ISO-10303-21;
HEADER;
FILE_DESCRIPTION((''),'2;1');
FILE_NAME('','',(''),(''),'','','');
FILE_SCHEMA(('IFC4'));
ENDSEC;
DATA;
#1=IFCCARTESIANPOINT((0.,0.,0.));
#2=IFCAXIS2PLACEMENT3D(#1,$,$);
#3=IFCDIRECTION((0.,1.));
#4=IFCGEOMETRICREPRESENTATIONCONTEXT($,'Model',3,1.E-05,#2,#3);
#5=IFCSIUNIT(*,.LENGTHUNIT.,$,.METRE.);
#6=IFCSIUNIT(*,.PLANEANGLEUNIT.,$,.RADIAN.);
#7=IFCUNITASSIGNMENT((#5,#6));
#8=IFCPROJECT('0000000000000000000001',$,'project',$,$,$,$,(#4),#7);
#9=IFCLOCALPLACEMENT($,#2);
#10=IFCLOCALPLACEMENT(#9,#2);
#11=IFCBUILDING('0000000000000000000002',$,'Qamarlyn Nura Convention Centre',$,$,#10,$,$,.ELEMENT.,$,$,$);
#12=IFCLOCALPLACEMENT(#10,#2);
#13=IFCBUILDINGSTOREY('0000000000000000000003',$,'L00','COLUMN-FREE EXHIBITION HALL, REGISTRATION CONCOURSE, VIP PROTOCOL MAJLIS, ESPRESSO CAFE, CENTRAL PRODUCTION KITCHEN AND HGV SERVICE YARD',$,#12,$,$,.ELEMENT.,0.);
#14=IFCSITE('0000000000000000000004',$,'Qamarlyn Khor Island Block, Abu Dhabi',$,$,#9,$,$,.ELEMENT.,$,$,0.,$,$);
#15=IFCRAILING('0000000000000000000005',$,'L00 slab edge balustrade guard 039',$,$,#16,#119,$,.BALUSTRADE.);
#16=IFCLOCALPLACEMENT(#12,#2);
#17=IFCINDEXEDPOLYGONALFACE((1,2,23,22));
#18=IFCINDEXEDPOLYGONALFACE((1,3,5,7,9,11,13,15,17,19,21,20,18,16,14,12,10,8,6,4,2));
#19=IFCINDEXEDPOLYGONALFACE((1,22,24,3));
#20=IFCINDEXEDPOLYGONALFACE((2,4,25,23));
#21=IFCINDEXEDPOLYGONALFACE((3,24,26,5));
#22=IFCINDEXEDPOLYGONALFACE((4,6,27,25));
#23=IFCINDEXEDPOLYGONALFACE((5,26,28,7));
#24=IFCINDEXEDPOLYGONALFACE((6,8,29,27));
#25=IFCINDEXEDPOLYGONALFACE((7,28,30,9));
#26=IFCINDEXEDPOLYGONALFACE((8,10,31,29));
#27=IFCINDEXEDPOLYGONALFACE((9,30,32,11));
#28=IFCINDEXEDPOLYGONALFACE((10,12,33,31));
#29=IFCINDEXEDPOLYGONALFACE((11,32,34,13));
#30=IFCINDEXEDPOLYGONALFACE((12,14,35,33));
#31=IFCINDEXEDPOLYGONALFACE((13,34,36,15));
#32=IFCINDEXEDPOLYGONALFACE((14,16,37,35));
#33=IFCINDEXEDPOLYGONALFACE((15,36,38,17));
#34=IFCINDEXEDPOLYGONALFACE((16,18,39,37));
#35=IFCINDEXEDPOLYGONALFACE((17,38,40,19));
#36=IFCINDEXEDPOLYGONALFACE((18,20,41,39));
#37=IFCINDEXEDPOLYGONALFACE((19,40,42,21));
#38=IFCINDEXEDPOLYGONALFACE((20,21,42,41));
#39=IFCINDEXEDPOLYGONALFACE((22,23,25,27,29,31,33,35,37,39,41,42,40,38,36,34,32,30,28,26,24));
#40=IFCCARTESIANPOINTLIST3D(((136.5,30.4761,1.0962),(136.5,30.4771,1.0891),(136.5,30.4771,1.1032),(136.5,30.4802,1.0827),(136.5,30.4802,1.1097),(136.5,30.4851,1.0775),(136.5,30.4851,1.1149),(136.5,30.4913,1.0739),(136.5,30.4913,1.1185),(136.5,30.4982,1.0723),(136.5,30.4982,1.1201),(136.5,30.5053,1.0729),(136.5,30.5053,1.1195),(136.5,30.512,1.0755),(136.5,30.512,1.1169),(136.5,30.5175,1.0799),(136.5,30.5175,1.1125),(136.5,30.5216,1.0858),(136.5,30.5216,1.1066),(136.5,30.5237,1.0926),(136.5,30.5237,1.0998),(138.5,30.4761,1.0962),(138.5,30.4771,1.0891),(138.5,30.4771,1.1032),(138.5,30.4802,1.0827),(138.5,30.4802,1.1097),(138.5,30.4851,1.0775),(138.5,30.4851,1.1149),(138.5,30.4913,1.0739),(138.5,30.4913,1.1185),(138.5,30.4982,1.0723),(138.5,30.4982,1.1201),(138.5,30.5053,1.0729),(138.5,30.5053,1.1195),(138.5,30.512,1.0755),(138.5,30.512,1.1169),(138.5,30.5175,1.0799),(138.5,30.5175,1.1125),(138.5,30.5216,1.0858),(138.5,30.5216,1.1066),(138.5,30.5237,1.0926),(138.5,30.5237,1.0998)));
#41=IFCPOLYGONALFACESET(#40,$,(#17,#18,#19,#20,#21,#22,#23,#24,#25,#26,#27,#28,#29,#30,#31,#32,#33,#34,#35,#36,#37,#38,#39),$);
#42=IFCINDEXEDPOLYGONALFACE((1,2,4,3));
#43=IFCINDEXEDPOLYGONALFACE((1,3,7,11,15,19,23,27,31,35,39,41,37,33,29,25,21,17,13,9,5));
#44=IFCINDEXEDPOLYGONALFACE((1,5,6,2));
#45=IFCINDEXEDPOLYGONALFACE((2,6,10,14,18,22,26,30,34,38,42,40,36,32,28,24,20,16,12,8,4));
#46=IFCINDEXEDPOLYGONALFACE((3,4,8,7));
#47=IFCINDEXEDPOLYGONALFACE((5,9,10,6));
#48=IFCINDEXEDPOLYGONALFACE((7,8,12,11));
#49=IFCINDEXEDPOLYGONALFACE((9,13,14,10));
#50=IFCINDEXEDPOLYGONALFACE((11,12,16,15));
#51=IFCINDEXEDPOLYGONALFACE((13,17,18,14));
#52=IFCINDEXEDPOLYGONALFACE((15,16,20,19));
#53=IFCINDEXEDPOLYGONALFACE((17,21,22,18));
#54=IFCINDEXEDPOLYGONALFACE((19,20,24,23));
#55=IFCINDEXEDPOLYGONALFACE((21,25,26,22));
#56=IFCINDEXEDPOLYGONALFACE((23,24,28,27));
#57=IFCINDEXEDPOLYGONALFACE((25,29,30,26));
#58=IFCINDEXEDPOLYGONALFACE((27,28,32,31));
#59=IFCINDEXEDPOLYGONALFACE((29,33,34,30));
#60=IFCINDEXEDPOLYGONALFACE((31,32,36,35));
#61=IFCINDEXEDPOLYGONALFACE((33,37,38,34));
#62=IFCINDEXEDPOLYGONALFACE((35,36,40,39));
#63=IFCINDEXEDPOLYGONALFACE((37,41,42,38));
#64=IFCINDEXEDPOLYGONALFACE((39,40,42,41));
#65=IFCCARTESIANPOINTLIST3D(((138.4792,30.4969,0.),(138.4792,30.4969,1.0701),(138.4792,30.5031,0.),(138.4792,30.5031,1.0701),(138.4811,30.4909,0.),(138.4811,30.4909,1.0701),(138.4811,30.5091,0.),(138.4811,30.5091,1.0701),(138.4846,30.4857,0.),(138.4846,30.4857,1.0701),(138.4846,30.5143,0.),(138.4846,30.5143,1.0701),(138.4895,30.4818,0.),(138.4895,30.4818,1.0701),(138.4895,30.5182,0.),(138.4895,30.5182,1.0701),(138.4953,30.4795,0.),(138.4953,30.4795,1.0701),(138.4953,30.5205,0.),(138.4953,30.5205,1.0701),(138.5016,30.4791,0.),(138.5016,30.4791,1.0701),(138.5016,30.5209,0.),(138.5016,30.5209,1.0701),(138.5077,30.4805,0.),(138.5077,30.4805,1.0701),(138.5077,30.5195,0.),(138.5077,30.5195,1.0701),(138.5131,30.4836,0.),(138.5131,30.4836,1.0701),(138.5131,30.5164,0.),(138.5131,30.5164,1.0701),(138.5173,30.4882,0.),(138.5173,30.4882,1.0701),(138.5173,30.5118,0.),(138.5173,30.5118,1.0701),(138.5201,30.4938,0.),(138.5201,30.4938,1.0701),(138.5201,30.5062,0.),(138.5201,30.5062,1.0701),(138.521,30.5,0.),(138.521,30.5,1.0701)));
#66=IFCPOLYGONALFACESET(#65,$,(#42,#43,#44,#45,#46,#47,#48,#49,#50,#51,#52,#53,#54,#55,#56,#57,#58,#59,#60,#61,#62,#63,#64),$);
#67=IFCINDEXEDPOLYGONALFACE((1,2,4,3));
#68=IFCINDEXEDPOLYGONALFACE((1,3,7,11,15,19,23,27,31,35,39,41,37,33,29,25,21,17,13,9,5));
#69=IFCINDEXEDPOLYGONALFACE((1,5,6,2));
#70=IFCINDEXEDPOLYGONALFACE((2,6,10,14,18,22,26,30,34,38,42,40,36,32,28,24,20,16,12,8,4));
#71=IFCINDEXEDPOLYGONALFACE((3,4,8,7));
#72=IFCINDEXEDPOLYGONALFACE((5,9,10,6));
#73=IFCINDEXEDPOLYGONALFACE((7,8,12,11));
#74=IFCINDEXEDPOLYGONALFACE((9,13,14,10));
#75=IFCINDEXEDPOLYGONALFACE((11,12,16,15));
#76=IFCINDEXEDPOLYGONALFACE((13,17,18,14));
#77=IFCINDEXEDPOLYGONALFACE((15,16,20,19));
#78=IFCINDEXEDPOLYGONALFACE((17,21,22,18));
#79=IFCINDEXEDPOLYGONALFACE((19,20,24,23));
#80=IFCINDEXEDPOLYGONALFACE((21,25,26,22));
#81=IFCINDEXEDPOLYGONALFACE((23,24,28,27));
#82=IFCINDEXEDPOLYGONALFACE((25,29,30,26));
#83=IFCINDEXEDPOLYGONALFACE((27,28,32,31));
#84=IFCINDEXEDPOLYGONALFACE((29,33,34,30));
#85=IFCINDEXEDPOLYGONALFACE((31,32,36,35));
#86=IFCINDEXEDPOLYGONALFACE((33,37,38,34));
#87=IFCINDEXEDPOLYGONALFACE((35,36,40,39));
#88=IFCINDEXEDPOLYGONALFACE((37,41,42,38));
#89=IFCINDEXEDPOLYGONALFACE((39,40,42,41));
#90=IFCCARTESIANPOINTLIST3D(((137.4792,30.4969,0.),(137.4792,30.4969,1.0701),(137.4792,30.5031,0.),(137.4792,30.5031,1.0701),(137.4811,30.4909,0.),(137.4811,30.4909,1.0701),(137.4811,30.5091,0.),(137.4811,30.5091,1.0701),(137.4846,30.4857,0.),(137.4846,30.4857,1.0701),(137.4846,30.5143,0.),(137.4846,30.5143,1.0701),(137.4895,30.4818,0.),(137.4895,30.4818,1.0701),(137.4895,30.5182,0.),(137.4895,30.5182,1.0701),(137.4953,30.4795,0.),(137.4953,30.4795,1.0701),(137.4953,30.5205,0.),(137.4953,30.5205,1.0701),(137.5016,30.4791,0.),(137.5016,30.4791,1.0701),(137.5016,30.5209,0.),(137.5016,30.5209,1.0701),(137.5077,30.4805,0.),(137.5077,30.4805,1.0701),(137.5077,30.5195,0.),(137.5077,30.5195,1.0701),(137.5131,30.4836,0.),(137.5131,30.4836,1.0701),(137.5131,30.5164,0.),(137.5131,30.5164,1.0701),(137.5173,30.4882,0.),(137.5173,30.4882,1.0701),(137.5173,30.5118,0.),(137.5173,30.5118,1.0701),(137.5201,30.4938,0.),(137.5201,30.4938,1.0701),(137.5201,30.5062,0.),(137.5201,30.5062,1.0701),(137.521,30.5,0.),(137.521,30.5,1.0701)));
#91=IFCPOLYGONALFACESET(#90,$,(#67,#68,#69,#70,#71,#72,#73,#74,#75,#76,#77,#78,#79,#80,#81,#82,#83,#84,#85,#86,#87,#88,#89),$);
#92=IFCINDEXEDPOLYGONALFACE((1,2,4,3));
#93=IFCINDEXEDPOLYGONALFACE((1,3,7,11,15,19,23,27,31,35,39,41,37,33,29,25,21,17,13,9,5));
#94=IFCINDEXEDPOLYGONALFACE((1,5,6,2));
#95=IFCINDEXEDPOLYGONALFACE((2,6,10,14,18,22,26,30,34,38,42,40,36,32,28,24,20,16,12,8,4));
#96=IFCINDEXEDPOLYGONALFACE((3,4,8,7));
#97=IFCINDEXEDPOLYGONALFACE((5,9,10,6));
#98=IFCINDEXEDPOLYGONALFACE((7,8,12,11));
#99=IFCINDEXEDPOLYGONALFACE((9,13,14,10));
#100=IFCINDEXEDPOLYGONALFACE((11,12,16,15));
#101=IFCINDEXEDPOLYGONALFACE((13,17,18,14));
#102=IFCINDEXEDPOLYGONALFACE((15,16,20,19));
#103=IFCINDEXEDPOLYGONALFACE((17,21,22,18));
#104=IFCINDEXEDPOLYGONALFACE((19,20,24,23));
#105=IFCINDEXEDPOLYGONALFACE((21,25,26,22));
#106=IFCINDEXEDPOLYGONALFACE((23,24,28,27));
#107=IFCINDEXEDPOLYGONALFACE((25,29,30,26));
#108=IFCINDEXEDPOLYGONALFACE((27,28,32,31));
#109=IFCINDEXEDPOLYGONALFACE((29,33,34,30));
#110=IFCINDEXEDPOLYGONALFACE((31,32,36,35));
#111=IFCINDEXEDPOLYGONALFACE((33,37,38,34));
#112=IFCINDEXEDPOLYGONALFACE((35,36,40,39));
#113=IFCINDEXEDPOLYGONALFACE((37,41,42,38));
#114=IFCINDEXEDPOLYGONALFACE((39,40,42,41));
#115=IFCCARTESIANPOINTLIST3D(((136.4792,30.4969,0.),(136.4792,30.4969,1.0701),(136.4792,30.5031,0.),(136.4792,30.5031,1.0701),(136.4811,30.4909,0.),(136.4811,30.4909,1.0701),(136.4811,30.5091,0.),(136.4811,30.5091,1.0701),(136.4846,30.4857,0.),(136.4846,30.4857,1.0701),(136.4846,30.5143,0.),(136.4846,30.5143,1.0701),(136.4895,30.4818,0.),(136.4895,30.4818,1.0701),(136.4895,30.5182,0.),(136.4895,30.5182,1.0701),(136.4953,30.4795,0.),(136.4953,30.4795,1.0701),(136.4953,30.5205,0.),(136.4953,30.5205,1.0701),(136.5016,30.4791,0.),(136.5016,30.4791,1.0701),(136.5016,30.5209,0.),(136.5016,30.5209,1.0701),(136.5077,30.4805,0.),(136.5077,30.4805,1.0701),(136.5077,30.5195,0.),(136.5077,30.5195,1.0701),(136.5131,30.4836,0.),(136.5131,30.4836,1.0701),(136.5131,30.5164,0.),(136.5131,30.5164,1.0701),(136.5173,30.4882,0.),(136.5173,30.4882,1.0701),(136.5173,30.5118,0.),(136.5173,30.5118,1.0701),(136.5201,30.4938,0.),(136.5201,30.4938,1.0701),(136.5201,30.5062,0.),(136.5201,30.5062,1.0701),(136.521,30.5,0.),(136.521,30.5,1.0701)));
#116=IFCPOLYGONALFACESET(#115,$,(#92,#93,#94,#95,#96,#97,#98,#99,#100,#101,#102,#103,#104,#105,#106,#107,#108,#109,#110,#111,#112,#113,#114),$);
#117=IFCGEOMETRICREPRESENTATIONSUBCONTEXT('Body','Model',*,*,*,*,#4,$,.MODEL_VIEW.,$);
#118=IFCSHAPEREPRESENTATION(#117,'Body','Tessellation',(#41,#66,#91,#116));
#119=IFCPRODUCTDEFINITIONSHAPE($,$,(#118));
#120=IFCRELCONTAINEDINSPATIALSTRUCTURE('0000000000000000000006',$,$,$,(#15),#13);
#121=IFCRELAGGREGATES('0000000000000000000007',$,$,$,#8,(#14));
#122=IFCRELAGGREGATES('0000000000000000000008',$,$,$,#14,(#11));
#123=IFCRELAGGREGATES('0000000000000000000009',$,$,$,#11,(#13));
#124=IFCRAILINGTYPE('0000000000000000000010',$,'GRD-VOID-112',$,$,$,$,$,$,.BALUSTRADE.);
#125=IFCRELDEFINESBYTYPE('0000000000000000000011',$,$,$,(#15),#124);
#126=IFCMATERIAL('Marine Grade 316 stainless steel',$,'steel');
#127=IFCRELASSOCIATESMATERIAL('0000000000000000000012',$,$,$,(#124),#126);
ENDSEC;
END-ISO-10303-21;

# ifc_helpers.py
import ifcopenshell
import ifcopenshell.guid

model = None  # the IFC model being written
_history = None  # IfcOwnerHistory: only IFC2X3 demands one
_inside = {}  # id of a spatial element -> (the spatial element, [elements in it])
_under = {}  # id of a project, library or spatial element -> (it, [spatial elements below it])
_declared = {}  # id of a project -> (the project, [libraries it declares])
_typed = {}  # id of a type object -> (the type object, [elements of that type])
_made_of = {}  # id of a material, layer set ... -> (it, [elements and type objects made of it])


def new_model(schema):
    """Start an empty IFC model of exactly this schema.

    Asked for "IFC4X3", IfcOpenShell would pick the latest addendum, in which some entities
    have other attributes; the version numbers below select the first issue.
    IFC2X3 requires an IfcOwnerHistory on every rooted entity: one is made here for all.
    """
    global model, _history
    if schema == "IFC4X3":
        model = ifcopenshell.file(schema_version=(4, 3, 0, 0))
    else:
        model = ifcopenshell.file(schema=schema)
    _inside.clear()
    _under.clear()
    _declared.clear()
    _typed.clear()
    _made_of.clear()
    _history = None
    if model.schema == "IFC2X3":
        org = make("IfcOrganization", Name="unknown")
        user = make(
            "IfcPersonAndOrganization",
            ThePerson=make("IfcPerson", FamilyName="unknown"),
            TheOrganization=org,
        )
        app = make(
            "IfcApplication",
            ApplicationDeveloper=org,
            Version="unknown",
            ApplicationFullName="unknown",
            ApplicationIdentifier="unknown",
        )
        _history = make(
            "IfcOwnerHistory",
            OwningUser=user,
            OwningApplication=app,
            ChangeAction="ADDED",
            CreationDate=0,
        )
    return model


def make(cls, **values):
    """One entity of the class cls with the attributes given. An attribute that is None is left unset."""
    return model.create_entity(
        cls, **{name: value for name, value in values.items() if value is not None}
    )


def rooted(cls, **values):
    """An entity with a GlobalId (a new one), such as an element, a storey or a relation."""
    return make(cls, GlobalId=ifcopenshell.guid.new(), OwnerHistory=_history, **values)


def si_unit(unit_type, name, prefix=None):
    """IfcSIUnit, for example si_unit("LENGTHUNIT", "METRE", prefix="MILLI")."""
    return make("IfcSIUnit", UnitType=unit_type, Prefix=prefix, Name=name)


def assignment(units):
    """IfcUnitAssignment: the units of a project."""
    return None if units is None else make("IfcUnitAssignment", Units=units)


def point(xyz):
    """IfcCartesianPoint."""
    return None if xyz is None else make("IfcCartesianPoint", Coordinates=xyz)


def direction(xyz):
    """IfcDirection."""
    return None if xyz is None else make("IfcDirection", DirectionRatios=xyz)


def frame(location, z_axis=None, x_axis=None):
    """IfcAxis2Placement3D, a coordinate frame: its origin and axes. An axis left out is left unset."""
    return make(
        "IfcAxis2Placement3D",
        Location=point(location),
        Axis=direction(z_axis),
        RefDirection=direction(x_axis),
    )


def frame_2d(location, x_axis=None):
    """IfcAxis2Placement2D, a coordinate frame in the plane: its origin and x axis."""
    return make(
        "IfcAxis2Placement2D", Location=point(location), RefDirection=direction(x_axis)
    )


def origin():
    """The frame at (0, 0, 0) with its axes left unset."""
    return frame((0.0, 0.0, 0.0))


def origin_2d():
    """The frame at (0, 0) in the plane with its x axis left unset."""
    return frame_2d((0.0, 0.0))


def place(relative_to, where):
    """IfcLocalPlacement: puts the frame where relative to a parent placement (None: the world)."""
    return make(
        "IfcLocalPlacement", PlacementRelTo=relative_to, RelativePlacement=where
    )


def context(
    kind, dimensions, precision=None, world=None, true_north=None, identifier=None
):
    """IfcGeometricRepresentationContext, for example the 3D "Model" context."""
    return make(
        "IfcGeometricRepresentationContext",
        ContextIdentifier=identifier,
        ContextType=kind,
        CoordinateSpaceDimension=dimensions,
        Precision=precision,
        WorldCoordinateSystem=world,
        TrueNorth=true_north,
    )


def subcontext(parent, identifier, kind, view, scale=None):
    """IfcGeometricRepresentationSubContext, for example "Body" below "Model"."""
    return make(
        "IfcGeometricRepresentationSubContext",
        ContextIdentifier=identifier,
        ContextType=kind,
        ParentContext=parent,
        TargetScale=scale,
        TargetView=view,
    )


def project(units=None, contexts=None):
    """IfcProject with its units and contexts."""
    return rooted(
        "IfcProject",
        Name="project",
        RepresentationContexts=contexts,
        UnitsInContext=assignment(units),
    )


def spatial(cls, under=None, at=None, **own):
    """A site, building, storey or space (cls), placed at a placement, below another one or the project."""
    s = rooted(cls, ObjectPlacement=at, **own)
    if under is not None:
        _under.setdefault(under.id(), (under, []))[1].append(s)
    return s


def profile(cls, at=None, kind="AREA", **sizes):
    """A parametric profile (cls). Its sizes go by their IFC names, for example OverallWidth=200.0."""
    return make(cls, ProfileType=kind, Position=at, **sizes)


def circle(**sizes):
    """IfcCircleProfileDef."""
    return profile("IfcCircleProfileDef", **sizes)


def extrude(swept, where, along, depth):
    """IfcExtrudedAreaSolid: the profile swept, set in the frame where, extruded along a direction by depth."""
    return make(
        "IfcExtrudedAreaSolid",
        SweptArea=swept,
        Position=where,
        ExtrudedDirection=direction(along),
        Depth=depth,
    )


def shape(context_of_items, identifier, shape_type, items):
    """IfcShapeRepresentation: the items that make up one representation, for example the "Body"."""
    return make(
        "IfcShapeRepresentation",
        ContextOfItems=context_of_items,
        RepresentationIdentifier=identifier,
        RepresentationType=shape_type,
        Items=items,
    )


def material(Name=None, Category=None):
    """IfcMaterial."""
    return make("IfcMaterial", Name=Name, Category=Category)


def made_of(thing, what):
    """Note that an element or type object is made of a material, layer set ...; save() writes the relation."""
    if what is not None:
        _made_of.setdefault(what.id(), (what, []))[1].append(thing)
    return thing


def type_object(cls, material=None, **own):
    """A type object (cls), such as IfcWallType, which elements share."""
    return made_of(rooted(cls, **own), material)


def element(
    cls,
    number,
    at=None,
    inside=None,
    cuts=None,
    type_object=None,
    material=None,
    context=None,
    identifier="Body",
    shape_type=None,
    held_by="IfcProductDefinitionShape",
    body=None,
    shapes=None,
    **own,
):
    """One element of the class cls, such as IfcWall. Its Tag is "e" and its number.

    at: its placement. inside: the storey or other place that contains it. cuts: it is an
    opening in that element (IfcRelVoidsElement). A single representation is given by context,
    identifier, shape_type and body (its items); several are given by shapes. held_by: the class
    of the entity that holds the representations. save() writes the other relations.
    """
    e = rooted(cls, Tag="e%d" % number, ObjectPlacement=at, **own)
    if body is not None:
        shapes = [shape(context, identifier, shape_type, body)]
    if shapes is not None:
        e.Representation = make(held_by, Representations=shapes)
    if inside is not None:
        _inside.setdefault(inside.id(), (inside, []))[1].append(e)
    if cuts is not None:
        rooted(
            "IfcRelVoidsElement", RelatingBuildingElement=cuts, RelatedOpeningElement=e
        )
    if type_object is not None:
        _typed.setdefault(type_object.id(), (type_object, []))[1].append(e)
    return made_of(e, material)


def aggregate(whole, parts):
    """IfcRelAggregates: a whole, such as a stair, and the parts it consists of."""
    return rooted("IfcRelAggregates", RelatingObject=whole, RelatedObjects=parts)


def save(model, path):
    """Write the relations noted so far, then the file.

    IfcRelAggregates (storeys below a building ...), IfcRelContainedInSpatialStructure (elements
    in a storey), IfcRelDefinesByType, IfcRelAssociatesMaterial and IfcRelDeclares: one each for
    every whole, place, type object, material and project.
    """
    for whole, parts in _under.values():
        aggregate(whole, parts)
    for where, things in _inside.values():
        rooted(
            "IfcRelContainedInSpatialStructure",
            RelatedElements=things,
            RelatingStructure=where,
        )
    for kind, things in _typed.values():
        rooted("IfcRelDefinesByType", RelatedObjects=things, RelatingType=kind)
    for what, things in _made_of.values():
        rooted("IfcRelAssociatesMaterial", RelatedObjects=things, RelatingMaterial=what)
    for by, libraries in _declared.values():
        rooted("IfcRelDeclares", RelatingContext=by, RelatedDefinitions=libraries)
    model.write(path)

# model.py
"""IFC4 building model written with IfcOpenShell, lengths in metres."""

from ifc_helpers import new_model, si_unit, direction, frame, origin, origin_2d, place, context, subcontext, project, spatial, circle, extrude, material, type_object, element, save


model = new_model("IFC4")

# Units and contexts
model_context = context("Model", 3, precision=1e-05, world=origin(), true_north=direction((0.0, 1.0)))
body_context = subcontext(model_context, "Body", "Model", "MODEL_VIEW")
ifc_project = project(units=[si_unit("LENGTHUNIT", "METRE"), si_unit("PLANEANGLEUNIT", "RADIAN")], contexts=[model_context])

# Site, building, storey
site_placement = place(None, origin())
site = spatial("IfcSite", under=ifc_project, at=site_placement, Name="Qamarlyn Khor Island Block, Abu Dhabi", CompositionType="ELEMENT", RefElevation=0.0)
building_placement = place(site_placement, origin())
building = spatial("IfcBuilding", under=site, at=building_placement, Name="Qamarlyn Nura Convention Centre", CompositionType="ELEMENT")
storey_placement = place(building_placement, origin())
storey = spatial("IfcBuildingStorey", under=building, at=storey_placement, Name="L00", Description="COLUMN-FREE EXHIBITION HALL, REGISTRATION CONCOURSE, VIP PROTOCOL MAJLIS, ESPRESSO CAFE, CENTRAL PRODUCTION KITCHEN AND HGV SERVICE YARD", CompositionType="ELEMENT", Elevation=0.0)

# Railing
ifc_material_1 = material(Name="Marine Grade 316 stainless steel", Category="steel")
railing_type = type_object("IfcRailingType", Name="GRD-VOID-112", PredefinedType="BALUSTRADE", material=ifc_material_1)
railing_1_placement = place(storey_placement, frame((138.5, 30.5, 0.0)))
element("IfcRailing", 1, at=railing_1_placement, inside=storey, type_object=railing_type, Name="L00 slab edge balustrade guard 039", PredefinedType="BALUSTRADE", context=body_context, shape_type="SweptSolid", body=[
    extrude(circle(Radius=0.0239, at=origin_2d()), frame((0.0, 0.0, 1.0962), z_axis=(-1.0, 0.0, 0.0), x_axis=(0.0, -1.0, 0.0)), (0.0, 0.0, 1.0), 2.0),
    extrude(circle(Radius=0.021, at=origin_2d()), origin(), (0.0, 0.0, 1.0), 1.0701),
    extrude(circle(Radius=0.021, at=origin_2d()), frame((-1.0, 0.0, 0.0)), (0.0, 0.0, 1.0), 1.0701),
    extrude(circle(Radius=0.021, at=origin_2d()), frame((-2.0, 0.0, 0.0)), (0.0, 0.0, 1.0), 1.0701),
])

save(model, "model.ifc")
